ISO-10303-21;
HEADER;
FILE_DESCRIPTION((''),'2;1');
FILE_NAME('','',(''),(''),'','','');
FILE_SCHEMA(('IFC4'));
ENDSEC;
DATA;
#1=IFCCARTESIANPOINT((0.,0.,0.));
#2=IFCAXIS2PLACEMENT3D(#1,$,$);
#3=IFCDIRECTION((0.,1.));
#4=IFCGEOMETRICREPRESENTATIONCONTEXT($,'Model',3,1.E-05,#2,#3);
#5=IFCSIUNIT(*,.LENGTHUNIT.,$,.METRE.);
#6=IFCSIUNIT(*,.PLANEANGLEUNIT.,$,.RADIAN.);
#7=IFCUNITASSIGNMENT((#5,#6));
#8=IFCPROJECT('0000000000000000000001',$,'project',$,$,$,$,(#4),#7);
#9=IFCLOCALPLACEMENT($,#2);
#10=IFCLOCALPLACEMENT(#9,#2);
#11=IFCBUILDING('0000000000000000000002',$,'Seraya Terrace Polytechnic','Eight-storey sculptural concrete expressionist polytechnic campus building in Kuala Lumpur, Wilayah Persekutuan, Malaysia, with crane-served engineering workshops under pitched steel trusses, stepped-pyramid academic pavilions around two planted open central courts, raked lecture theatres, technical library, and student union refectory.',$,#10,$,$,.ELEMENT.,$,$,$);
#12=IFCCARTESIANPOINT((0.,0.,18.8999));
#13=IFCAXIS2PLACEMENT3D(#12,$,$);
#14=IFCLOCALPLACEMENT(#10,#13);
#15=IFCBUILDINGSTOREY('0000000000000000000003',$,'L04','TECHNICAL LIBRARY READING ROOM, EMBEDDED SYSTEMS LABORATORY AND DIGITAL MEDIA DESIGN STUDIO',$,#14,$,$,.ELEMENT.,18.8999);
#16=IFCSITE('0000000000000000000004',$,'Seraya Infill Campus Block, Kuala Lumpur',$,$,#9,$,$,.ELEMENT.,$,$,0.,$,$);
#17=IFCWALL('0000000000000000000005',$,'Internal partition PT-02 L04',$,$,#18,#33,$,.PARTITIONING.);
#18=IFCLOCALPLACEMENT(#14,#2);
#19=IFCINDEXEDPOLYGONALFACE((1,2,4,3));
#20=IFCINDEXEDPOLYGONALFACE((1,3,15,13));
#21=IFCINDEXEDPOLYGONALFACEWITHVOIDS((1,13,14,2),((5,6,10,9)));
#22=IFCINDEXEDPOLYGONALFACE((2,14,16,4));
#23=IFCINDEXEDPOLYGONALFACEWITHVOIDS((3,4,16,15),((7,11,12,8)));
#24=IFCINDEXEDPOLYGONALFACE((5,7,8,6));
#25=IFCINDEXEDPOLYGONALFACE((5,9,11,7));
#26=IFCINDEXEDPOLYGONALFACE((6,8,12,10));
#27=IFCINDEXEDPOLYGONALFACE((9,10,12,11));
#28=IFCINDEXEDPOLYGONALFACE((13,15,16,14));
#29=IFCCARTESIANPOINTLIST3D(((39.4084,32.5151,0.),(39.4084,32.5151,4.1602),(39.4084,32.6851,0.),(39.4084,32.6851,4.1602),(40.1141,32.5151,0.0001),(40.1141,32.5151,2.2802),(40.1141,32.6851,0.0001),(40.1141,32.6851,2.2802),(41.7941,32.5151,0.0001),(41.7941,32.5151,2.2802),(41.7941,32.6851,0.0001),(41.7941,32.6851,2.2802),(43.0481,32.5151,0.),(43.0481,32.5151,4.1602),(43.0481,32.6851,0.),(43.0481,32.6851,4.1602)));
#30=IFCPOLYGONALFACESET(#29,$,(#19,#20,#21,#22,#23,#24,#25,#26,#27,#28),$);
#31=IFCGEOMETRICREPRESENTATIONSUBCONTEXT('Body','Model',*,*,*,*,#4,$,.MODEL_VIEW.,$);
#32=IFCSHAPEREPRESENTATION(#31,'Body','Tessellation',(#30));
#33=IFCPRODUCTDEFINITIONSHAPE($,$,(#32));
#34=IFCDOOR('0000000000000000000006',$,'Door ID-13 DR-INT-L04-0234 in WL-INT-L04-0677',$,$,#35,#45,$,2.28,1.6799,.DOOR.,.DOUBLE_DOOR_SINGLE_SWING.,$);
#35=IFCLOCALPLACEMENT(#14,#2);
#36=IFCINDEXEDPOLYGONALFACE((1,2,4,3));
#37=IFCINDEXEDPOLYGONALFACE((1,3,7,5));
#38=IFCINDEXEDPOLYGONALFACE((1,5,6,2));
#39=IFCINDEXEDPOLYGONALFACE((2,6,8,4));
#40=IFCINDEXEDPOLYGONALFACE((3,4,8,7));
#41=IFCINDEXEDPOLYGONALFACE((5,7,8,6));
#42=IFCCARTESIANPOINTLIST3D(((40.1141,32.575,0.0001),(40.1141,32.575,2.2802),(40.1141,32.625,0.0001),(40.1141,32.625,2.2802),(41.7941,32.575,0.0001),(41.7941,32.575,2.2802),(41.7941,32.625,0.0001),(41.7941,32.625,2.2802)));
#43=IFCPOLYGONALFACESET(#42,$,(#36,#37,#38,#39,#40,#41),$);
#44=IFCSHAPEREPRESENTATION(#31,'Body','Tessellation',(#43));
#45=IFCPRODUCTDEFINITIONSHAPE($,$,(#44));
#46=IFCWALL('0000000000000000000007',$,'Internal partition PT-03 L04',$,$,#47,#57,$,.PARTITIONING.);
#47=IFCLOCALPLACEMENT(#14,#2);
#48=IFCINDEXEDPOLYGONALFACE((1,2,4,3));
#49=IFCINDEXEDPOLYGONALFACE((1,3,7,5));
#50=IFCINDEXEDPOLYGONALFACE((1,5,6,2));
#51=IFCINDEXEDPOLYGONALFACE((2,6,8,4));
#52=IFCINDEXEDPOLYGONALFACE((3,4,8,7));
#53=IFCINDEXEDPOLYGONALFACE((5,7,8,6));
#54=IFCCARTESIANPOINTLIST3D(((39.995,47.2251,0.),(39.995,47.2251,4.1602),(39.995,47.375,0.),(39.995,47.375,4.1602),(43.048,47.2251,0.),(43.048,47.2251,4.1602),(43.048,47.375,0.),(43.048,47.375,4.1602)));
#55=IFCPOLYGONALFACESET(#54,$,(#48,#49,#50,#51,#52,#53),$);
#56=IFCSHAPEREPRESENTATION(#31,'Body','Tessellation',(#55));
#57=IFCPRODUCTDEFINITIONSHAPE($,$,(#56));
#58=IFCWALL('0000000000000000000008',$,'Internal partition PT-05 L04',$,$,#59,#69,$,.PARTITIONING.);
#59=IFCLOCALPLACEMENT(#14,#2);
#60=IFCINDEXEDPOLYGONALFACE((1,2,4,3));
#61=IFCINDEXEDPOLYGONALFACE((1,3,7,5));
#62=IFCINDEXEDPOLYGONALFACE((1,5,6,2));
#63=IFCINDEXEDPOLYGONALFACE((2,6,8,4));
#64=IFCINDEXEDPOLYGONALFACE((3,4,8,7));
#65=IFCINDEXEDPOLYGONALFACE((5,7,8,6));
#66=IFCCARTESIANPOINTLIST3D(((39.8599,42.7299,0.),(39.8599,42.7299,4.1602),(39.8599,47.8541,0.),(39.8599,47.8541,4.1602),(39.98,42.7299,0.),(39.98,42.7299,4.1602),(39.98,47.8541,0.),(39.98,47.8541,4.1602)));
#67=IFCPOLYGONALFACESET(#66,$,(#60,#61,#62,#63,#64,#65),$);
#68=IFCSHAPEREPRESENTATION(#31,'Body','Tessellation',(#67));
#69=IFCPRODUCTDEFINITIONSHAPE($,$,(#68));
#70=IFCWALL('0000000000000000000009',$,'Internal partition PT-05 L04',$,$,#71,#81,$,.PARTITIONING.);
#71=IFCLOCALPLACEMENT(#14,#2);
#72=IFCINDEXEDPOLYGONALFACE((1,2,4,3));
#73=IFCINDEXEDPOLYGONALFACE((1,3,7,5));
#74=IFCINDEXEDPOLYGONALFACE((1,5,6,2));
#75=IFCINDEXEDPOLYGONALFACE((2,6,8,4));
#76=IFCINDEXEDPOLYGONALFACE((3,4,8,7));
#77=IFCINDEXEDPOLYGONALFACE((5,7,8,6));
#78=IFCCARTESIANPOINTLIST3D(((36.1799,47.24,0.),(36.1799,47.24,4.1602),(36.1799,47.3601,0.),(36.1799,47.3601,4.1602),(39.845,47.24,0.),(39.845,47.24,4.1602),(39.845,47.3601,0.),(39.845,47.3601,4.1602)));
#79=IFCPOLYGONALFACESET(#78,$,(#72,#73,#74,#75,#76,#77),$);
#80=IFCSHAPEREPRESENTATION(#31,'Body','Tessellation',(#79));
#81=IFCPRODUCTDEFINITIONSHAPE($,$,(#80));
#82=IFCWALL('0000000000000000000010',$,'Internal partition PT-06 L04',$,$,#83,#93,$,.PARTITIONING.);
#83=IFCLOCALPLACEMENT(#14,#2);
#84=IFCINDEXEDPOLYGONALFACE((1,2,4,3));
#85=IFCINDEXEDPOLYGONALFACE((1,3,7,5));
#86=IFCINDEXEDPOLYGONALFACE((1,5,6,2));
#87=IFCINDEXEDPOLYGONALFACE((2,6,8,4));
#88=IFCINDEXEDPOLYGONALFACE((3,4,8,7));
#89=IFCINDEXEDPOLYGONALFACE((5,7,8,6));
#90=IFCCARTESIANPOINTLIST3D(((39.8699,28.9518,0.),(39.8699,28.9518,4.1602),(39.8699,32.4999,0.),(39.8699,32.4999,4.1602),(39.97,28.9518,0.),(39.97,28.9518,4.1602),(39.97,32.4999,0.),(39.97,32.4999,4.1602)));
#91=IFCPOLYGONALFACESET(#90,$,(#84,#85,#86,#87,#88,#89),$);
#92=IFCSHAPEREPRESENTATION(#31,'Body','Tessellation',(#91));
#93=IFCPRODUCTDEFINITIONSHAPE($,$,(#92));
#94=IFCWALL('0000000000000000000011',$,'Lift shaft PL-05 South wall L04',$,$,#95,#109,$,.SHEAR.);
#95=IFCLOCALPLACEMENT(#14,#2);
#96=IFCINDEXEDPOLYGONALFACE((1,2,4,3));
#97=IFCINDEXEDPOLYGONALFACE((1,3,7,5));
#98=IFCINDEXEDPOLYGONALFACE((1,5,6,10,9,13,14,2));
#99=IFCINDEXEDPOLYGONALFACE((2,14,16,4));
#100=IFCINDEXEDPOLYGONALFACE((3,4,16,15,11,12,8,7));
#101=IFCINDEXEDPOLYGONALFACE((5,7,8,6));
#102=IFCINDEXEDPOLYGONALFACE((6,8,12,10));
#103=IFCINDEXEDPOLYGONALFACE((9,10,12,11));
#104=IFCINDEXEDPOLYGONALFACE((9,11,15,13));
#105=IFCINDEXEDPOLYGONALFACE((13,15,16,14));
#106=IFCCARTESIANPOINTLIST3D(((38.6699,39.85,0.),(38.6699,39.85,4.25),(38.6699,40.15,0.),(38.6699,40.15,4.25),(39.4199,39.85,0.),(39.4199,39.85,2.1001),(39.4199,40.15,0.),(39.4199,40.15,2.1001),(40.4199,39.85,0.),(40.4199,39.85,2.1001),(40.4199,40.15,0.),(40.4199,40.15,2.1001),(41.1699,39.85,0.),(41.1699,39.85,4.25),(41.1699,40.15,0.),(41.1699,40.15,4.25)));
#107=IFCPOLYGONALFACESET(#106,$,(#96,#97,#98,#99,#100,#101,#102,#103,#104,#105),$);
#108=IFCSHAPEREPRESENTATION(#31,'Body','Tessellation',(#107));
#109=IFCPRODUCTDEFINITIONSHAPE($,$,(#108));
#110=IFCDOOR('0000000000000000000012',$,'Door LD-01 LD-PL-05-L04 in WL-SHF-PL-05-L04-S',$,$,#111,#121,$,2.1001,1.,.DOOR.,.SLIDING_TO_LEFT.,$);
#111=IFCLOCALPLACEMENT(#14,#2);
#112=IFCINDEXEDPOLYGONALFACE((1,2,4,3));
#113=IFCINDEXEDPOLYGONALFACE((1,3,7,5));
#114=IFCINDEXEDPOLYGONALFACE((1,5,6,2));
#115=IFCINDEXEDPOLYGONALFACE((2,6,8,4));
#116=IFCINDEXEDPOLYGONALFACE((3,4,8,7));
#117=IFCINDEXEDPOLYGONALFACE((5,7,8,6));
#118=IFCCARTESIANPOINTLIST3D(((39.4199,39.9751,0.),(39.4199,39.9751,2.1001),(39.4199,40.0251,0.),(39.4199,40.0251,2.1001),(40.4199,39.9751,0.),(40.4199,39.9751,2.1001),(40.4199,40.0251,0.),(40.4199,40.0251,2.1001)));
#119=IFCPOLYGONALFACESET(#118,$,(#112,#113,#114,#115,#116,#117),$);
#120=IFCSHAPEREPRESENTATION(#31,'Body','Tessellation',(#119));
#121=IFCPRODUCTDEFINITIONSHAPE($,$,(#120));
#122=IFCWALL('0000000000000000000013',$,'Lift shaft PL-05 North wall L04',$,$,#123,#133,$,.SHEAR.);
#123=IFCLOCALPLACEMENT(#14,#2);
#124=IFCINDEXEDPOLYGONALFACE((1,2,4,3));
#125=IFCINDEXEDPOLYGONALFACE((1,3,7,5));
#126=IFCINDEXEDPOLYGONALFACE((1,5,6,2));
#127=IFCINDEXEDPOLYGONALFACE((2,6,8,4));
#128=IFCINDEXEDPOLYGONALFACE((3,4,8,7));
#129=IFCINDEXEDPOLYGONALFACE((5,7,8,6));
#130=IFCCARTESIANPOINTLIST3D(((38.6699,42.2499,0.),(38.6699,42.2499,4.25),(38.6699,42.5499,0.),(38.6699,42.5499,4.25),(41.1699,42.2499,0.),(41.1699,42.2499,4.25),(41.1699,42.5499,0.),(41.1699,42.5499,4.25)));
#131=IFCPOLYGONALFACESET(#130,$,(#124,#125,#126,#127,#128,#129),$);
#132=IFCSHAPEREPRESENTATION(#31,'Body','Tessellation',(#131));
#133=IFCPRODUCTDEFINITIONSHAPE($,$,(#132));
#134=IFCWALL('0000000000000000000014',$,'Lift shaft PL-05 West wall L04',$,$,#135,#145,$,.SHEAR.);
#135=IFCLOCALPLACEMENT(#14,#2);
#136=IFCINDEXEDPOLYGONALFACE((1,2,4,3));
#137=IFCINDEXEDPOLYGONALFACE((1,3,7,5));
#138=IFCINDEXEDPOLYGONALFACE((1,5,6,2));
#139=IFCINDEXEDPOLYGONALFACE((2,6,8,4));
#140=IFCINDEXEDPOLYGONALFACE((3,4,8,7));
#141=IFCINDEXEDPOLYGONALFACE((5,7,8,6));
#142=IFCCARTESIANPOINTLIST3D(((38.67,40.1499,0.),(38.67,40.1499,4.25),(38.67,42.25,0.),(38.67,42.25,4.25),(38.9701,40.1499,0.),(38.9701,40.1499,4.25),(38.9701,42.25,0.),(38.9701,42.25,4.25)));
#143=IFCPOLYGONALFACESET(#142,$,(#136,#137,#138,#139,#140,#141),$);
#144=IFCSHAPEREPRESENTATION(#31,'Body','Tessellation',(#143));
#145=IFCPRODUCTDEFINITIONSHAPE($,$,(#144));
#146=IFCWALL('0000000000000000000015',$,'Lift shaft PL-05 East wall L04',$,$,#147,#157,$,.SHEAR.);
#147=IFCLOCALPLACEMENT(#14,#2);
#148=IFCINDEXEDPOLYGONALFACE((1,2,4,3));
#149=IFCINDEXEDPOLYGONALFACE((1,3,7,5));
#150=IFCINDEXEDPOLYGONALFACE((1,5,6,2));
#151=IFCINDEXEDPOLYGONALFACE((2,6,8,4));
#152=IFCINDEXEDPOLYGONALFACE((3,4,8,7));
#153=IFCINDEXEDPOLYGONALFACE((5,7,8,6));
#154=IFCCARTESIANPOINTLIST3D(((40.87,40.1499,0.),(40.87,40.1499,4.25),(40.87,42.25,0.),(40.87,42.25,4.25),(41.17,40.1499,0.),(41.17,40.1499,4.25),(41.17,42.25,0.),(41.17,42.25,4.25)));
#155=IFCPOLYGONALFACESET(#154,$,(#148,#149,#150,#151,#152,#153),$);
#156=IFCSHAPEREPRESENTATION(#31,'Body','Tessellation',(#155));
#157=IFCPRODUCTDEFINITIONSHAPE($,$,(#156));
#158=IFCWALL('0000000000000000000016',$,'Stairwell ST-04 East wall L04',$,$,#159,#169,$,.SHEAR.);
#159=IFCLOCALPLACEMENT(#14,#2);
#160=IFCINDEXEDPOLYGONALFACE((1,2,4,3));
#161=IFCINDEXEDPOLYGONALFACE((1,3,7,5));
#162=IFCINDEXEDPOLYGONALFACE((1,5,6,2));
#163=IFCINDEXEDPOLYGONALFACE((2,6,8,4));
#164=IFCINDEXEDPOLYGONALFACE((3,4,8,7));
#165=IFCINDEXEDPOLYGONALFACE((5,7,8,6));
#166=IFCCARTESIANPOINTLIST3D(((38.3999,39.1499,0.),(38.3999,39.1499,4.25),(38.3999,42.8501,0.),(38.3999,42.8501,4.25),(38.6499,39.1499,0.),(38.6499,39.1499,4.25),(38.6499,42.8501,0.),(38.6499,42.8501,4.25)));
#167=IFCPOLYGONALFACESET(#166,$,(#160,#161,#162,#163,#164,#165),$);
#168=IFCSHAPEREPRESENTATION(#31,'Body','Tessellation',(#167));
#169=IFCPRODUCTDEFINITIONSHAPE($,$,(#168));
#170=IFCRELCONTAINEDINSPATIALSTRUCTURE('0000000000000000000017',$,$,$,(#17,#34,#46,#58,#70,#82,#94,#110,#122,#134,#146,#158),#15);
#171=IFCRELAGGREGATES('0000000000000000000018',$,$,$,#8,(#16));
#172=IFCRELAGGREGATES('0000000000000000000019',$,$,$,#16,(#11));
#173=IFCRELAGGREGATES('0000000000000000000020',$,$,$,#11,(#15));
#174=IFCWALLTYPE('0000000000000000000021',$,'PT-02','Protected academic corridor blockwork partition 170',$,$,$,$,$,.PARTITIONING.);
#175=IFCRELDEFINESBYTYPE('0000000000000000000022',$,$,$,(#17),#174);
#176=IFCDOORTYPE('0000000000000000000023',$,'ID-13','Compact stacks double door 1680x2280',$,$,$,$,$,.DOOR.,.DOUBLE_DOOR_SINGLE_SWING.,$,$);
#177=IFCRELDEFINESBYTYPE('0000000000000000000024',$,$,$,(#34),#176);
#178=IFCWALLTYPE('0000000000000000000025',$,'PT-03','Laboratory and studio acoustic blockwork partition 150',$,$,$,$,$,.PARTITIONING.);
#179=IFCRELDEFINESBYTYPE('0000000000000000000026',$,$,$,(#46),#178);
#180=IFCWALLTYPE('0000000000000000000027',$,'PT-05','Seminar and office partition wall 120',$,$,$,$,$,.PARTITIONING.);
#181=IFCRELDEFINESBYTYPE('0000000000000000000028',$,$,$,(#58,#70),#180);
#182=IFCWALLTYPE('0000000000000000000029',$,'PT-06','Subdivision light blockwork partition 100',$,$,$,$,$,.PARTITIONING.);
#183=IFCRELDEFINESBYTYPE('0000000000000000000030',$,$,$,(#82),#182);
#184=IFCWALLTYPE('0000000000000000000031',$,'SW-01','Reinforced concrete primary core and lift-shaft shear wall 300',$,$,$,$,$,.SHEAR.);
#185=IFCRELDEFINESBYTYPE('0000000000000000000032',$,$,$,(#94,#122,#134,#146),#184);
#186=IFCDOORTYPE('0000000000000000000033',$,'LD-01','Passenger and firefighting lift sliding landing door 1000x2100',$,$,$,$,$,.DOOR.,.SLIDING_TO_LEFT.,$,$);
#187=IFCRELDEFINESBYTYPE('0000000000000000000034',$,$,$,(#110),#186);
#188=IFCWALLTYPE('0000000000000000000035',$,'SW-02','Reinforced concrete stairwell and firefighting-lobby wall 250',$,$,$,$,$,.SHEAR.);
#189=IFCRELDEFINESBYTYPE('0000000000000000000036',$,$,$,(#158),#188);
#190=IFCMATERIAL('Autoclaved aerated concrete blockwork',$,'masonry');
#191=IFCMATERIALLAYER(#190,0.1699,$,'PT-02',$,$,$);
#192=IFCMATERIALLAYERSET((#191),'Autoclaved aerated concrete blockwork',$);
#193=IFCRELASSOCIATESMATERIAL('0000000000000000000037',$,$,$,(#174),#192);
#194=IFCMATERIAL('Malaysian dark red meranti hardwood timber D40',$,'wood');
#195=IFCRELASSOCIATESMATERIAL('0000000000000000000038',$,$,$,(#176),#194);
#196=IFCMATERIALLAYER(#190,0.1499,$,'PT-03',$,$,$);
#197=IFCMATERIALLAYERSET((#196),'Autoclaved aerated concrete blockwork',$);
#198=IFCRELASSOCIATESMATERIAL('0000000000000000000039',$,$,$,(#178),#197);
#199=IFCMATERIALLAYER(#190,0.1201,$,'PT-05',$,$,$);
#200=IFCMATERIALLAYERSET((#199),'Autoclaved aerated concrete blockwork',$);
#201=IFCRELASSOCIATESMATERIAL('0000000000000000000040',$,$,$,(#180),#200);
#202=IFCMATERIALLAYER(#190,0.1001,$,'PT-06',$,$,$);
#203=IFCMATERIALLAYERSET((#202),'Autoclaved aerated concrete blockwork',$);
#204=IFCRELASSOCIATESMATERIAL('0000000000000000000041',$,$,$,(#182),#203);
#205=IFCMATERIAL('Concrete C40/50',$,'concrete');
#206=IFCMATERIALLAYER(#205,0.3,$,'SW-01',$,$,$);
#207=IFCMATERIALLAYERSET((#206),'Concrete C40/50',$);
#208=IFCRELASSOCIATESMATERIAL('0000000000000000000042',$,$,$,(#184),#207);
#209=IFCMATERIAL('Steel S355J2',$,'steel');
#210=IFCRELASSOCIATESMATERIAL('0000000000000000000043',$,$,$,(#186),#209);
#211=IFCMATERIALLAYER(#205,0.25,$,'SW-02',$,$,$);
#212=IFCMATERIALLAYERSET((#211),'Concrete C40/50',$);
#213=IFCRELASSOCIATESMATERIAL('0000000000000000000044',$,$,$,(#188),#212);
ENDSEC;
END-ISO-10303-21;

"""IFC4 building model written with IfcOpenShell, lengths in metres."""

from ifc_helpers import new_model, si_unit, direction, frame, frame_2d, origin, place, context, subcontext, project, spatial, rectangle, extrude, material, layer, layer_set, type_object, element, fill, save


model = new_model("IFC4")

# Units and contexts
model_context = context("Model", 3, precision=1e-05, world=origin(), true_north=direction((0.0, 1.0)))
body_context = subcontext(model_context, "Body", "Model", "MODEL_VIEW")
ifc_project = project(units=[si_unit("LENGTHUNIT", "METRE"), si_unit("PLANEANGLEUNIT", "RADIAN")], contexts=[model_context])

# Site, building, storey
site_placement = place(None, origin())
site = spatial("IfcSite", under=ifc_project, at=site_placement, Name="Seraya Infill Campus Block, Kuala Lumpur", CompositionType="ELEMENT", RefElevation=0.0)
building_placement = place(site_placement, origin())
building = spatial("IfcBuilding", under=site, at=building_placement, Name="Seraya Terrace Polytechnic", Description="Eight-storey sculptural concrete expressionist polytechnic campus building in Kuala Lumpur, Wilayah Persekutuan, Malaysia, with crane-served engineering workshops under pitched steel trusses, stepped-pyramid academic pavilions around two planted open central courts, raked lecture theatres, technical library, and student union refectory.", CompositionType="ELEMENT")
storey_placement = place(building_placement, frame((0.0, 0.0, 18.8999)))
storey = spatial("IfcBuildingStorey", under=building, at=storey_placement, Name="L04", Description="TECHNICAL LIBRARY READING ROOM, EMBEDDED SYSTEMS LABORATORY AND DIGITAL MEDIA DESIGN STUDIO", CompositionType="ELEMENT", Elevation=18.8999)

# Shared definitions
ifc_material_1 = material(Name="Concrete C40/50", Category="concrete")

# Shared definitions
ifc_material_2 = material(Name="Autoclaved aerated concrete blockwork", Category="masonry")
ifc_layer_1 = layer(ifc_material_2, 0.1699, Name="PT-02")
ifc_layer_set_1 = layer_set([ifc_layer_1], Name="Autoclaved aerated concrete blockwork")
wall_type_1 = type_object("IfcWallType", Name="PT-02", Description="Protected academic corridor blockwork partition 170", PredefinedType="PARTITIONING", material=ifc_layer_set_1)

# Wall, opening, door
wall_1_placement = place(storey_placement, frame((39.4084, 32.6001, 0.0), z_axis=(0.0, 0.0, 1.0), x_axis=(1.0, 0.0, 0.0)))
wall_1 = element("IfcWall", 1, at=wall_1_placement, inside=storey, type_object=wall_type_1, Name="Internal partition PT-02 L04", PredefinedType="PARTITIONING", context=body_context, shape_type="SweptSolid", body=[
    extrude(rectangle(XDim=3.6396, YDim=0.1699, at=frame_2d((1.8198, 0.0))), origin(), (0.0, 0.0, 1.0), 4.1602),
])
opening_1_placement = place(wall_1_placement, frame((0.7058, 0.0, 0.0)))
opening_1 = element("IfcOpeningElement", 2, at=opening_1_placement, cuts=wall_1, PredefinedType="OPENING", context=body_context, shape_type="SweptSolid", body=[
    extrude(rectangle(XDim=1.6799, YDim=2.28, at=frame_2d((0.8398, 1.1401))), frame((0.0, 0.0969, 0.0), z_axis=(0.0, -1.0, 0.0), x_axis=(1.0, 0.0, 0.0)), (0.0, 0.0, 1.0), 0.1938),
])
ifc_material_3 = material(Name="Malaysian dark red meranti hardwood timber D40", Category="wood")
door_type_1 = type_object("IfcDoorType", Name="ID-13", Description="Compact stacks double door 1680x2280", OperationType="DOUBLE_DOOR_SINGLE_SWING", PredefinedType="DOOR", material=ifc_material_3)
door_1_placement = place(opening_1_placement, origin())
door_1 = element("IfcDoor", 3, at=door_1_placement, inside=storey, type_object=door_type_1, Name="Door ID-13 DR-INT-L04-0234 in WL-INT-L04-0677", OperationType="DOUBLE_DOOR_SINGLE_SWING", OverallHeight=2.28, OverallWidth=1.6799, PredefinedType="DOOR", context=body_context, shape_type="SweptSolid", body=[
    extrude(rectangle(XDim=1.6799, YDim=2.28, at=frame_2d((0.8398, 1.1401))), frame((0.0, 0.0249, 0.0), z_axis=(0.0, -1.0, 0.0), x_axis=(1.0, 0.0, 0.0)), (0.0, 0.0, 1.0), 0.05),
])
fill(opening_1, door_1)

# Walls
ifc_layer_2 = layer(ifc_material_2, 0.1499, Name="PT-03")
ifc_layer_set_2 = layer_set([ifc_layer_2], Name="Autoclaved aerated concrete blockwork")
wall_type_2 = type_object("IfcWallType", Name="PT-03", Description="Laboratory and studio acoustic blockwork partition 150", PredefinedType="PARTITIONING", material=ifc_layer_set_2)
wall_2_placement = place(storey_placement, frame((39.9951, 47.3, 0.0), z_axis=(0.0, 0.0, 1.0), x_axis=(1.0, 0.0, 0.0)))
element("IfcWall", 4, at=wall_2_placement, inside=storey, type_object=wall_type_2, Name="Internal partition PT-03 L04", PredefinedType="PARTITIONING", context=body_context, shape_type="SweptSolid", body=[
    extrude(rectangle(XDim=3.053, YDim=0.1499, at=frame_2d((1.5264, 0.0))), origin(), (0.0, 0.0, 1.0), 4.1602),
])
ifc_layer_3 = layer(ifc_material_2, 0.1201, Name="PT-05")
ifc_layer_set_3 = layer_set([ifc_layer_3], Name="Autoclaved aerated concrete blockwork")
wall_type_3 = type_object("IfcWallType", Name="PT-05", Description="Seminar and office partition wall 120", PredefinedType="PARTITIONING", material=ifc_layer_set_3)
wall_3_placement = place(storey_placement, frame((39.9199, 42.73, 0.0), z_axis=(0.0, 0.0, 1.0), x_axis=(0.0, 1.0, 0.0)))
element("IfcWall", 5, at=wall_3_placement, inside=storey, type_object=wall_type_3, Name="Internal partition PT-05 L04", PredefinedType="PARTITIONING", context=body_context, shape_type="SweptSolid", body=[
    extrude(rectangle(XDim=5.1243, YDim=0.1201, at=frame_2d((2.562, 0.0))), origin(), (0.0, 0.0, 1.0), 4.1602),
])
wall_4_placement = place(storey_placement, frame((36.1799, 47.3, 0.0), z_axis=(0.0, 0.0, 1.0), x_axis=(1.0, 0.0, 0.0)))
element("IfcWall", 6, at=wall_4_placement, inside=storey, type_object=wall_type_3, Name="Internal partition PT-05 L04", PredefinedType="PARTITIONING", context=body_context, shape_type="SweptSolid", body=[
    extrude(rectangle(XDim=3.665, YDim=0.1201, at=frame_2d((1.8325, 0.0))), origin(), (0.0, 0.0, 1.0), 4.1602),
])
ifc_layer_4 = layer(ifc_material_2, 0.1001, Name="PT-06")
ifc_layer_set_4 = layer_set([ifc_layer_4], Name="Autoclaved aerated concrete blockwork")
wall_type_4 = type_object("IfcWallType", Name="PT-06", Description="Subdivision light blockwork partition 100", PredefinedType="PARTITIONING", material=ifc_layer_set_4)
wall_5_placement = place(storey_placement, frame((39.9199, 28.9519, 0.0), z_axis=(0.0, 0.0, 1.0), x_axis=(0.0, 1.0, 0.0)))
element("IfcWall", 7, at=wall_5_placement, inside=storey, type_object=wall_type_4, Name="Internal partition PT-06 L04", PredefinedType="PARTITIONING", context=body_context, shape_type="SweptSolid", body=[
    extrude(rectangle(XDim=3.5481, YDim=0.1001, at=frame_2d((1.7739, 0.0))), origin(), (0.0, 0.0, 1.0), 4.1602),
])

# Wall, opening, door
ifc_layer_5 = layer(ifc_material_1, 0.3, Name="SW-01")
ifc_layer_set_5 = layer_set([ifc_layer_5], Name="Concrete C40/50")
wall_type_5 = type_object("IfcWallType", Name="SW-01", Description="Reinforced concrete primary core and lift-shaft shear wall 300", PredefinedType="SHEAR", material=ifc_layer_set_5)
wall_6_placement = place(storey_placement, frame((38.6699, 40.0, 0.0), z_axis=(0.0, 0.0, 1.0), x_axis=(1.0, 0.0, 0.0)))
wall_6 = element("IfcWall", 8, at=wall_6_placement, inside=storey, type_object=wall_type_5, Name="Lift shaft PL-05 South wall L04", PredefinedType="SHEAR", context=body_context, shape_type="SweptSolid", body=[
    extrude(rectangle(XDim=2.5, YDim=0.3, at=frame_2d((1.25, 0.0))), origin(), (0.0, 0.0, 1.0), 4.25),
])
opening_2_placement = place(wall_6_placement, frame((0.75, 0.0, 0.0)))
opening_2 = element("IfcOpeningElement", 9, at=opening_2_placement, cuts=wall_6, PredefinedType="OPENING", context=body_context, shape_type="SweptSolid", body=[
    extrude(rectangle(XDim=1.0, YDim=2.1001, at=frame_2d((0.5, 1.05))), frame((0.0, 0.1621, 0.0), z_axis=(0.0, -1.0, 0.0), x_axis=(1.0, 0.0, 0.0)), (0.0, 0.0, 1.0), 0.324),
])
ifc_material_4 = material(Name="Steel S355J2", Category="steel")
door_type_2 = type_object("IfcDoorType", Name="LD-01", Description="Passenger and firefighting lift sliding landing door 1000x2100", OperationType="SLIDING_TO_LEFT", PredefinedType="DOOR", material=ifc_material_4)
door_2_placement = place(opening_2_placement, frame((1.0, 0.0, 0.0), z_axis=(0.0, 0.0, 1.0), x_axis=(-1.0, 0.0, 0.0)))
door_2 = element("IfcDoor", 10, at=door_2_placement, inside=storey, type_object=door_type_2, Name="Door LD-01 LD-PL-05-L04 in WL-SHF-PL-05-L04-S", OperationType="SLIDING_TO_LEFT", OverallHeight=2.1001, OverallWidth=1.0, PredefinedType="DOOR", context=body_context, shape_type="SweptSolid", body=[
    extrude(rectangle(XDim=1.0, YDim=2.1001, at=frame_2d((0.5, 1.05))), frame((0.0, 0.0249, 0.0), z_axis=(0.0, -1.0, 0.0), x_axis=(1.0, 0.0, 0.0)), (0.0, 0.0, 1.0), 0.05),
])
fill(opening_2, door_2)

# Walls
wall_7_placement = place(storey_placement, frame((38.6699, 42.3999, 0.0), z_axis=(0.0, 0.0, 1.0), x_axis=(1.0, 0.0, 0.0)))
element("IfcWall", 11, at=wall_7_placement, inside=storey, type_object=wall_type_5, Name="Lift shaft PL-05 North wall L04", PredefinedType="SHEAR", context=body_context, shape_type="SweptSolid", body=[
    extrude(rectangle(XDim=2.5, YDim=0.3, at=frame_2d((1.25, 0.0))), origin(), (0.0, 0.0, 1.0), 4.25),
])
for number, where, z_axis, x_axis, name in (
    (12, (38.8201, 40.1499, 0.0), (0.0, 0.0, 1.0), (0.0, 1.0, 0.0), "Lift shaft PL-05 West wall L04"),
    (13, (41.02, 40.1499, 0.0), (0.0, 0.0, 1.0), (0.0, 1.0, 0.0), "Lift shaft PL-05 East wall L04"),
):
    element("IfcWall", number, at=place(storey_placement, frame(where, z_axis=z_axis, x_axis=x_axis)), inside=storey, type_object=wall_type_5, Name=name, PredefinedType="SHEAR", context=body_context, shape_type="SweptSolid", body=[
        extrude(rectangle(XDim=2.1001, YDim=0.3, at=frame_2d((1.05, 0.0))), origin(), (0.0, 0.0, 1.0), 4.25),
    ])
ifc_layer_6 = layer(ifc_material_1, 0.25, Name="SW-02")
ifc_layer_set_6 = layer_set([ifc_layer_6], Name="Concrete C40/50")
wall_type_6 = type_object("IfcWallType", Name="SW-02", Description="Reinforced concrete stairwell and firefighting-lobby wall 250", PredefinedType="SHEAR", material=ifc_layer_set_6)
wall_8_placement = place(storey_placement, frame((38.5249, 39.1499, 0.0), z_axis=(0.0, 0.0, 1.0), x_axis=(0.0, 1.0, 0.0)))
element("IfcWall", 14, at=wall_8_placement, inside=storey, type_object=wall_type_6, Name="Stairwell ST-04 East wall L04", PredefinedType="SHEAR", context=body_context, shape_type="SweptSolid", body=[
    extrude(rectangle(XDim=3.7002, YDim=0.25, at=frame_2d((1.8501, 0.0))), origin(), (0.0, 0.0, 1.0), 4.25),
])

save(model, "model.ifc")
